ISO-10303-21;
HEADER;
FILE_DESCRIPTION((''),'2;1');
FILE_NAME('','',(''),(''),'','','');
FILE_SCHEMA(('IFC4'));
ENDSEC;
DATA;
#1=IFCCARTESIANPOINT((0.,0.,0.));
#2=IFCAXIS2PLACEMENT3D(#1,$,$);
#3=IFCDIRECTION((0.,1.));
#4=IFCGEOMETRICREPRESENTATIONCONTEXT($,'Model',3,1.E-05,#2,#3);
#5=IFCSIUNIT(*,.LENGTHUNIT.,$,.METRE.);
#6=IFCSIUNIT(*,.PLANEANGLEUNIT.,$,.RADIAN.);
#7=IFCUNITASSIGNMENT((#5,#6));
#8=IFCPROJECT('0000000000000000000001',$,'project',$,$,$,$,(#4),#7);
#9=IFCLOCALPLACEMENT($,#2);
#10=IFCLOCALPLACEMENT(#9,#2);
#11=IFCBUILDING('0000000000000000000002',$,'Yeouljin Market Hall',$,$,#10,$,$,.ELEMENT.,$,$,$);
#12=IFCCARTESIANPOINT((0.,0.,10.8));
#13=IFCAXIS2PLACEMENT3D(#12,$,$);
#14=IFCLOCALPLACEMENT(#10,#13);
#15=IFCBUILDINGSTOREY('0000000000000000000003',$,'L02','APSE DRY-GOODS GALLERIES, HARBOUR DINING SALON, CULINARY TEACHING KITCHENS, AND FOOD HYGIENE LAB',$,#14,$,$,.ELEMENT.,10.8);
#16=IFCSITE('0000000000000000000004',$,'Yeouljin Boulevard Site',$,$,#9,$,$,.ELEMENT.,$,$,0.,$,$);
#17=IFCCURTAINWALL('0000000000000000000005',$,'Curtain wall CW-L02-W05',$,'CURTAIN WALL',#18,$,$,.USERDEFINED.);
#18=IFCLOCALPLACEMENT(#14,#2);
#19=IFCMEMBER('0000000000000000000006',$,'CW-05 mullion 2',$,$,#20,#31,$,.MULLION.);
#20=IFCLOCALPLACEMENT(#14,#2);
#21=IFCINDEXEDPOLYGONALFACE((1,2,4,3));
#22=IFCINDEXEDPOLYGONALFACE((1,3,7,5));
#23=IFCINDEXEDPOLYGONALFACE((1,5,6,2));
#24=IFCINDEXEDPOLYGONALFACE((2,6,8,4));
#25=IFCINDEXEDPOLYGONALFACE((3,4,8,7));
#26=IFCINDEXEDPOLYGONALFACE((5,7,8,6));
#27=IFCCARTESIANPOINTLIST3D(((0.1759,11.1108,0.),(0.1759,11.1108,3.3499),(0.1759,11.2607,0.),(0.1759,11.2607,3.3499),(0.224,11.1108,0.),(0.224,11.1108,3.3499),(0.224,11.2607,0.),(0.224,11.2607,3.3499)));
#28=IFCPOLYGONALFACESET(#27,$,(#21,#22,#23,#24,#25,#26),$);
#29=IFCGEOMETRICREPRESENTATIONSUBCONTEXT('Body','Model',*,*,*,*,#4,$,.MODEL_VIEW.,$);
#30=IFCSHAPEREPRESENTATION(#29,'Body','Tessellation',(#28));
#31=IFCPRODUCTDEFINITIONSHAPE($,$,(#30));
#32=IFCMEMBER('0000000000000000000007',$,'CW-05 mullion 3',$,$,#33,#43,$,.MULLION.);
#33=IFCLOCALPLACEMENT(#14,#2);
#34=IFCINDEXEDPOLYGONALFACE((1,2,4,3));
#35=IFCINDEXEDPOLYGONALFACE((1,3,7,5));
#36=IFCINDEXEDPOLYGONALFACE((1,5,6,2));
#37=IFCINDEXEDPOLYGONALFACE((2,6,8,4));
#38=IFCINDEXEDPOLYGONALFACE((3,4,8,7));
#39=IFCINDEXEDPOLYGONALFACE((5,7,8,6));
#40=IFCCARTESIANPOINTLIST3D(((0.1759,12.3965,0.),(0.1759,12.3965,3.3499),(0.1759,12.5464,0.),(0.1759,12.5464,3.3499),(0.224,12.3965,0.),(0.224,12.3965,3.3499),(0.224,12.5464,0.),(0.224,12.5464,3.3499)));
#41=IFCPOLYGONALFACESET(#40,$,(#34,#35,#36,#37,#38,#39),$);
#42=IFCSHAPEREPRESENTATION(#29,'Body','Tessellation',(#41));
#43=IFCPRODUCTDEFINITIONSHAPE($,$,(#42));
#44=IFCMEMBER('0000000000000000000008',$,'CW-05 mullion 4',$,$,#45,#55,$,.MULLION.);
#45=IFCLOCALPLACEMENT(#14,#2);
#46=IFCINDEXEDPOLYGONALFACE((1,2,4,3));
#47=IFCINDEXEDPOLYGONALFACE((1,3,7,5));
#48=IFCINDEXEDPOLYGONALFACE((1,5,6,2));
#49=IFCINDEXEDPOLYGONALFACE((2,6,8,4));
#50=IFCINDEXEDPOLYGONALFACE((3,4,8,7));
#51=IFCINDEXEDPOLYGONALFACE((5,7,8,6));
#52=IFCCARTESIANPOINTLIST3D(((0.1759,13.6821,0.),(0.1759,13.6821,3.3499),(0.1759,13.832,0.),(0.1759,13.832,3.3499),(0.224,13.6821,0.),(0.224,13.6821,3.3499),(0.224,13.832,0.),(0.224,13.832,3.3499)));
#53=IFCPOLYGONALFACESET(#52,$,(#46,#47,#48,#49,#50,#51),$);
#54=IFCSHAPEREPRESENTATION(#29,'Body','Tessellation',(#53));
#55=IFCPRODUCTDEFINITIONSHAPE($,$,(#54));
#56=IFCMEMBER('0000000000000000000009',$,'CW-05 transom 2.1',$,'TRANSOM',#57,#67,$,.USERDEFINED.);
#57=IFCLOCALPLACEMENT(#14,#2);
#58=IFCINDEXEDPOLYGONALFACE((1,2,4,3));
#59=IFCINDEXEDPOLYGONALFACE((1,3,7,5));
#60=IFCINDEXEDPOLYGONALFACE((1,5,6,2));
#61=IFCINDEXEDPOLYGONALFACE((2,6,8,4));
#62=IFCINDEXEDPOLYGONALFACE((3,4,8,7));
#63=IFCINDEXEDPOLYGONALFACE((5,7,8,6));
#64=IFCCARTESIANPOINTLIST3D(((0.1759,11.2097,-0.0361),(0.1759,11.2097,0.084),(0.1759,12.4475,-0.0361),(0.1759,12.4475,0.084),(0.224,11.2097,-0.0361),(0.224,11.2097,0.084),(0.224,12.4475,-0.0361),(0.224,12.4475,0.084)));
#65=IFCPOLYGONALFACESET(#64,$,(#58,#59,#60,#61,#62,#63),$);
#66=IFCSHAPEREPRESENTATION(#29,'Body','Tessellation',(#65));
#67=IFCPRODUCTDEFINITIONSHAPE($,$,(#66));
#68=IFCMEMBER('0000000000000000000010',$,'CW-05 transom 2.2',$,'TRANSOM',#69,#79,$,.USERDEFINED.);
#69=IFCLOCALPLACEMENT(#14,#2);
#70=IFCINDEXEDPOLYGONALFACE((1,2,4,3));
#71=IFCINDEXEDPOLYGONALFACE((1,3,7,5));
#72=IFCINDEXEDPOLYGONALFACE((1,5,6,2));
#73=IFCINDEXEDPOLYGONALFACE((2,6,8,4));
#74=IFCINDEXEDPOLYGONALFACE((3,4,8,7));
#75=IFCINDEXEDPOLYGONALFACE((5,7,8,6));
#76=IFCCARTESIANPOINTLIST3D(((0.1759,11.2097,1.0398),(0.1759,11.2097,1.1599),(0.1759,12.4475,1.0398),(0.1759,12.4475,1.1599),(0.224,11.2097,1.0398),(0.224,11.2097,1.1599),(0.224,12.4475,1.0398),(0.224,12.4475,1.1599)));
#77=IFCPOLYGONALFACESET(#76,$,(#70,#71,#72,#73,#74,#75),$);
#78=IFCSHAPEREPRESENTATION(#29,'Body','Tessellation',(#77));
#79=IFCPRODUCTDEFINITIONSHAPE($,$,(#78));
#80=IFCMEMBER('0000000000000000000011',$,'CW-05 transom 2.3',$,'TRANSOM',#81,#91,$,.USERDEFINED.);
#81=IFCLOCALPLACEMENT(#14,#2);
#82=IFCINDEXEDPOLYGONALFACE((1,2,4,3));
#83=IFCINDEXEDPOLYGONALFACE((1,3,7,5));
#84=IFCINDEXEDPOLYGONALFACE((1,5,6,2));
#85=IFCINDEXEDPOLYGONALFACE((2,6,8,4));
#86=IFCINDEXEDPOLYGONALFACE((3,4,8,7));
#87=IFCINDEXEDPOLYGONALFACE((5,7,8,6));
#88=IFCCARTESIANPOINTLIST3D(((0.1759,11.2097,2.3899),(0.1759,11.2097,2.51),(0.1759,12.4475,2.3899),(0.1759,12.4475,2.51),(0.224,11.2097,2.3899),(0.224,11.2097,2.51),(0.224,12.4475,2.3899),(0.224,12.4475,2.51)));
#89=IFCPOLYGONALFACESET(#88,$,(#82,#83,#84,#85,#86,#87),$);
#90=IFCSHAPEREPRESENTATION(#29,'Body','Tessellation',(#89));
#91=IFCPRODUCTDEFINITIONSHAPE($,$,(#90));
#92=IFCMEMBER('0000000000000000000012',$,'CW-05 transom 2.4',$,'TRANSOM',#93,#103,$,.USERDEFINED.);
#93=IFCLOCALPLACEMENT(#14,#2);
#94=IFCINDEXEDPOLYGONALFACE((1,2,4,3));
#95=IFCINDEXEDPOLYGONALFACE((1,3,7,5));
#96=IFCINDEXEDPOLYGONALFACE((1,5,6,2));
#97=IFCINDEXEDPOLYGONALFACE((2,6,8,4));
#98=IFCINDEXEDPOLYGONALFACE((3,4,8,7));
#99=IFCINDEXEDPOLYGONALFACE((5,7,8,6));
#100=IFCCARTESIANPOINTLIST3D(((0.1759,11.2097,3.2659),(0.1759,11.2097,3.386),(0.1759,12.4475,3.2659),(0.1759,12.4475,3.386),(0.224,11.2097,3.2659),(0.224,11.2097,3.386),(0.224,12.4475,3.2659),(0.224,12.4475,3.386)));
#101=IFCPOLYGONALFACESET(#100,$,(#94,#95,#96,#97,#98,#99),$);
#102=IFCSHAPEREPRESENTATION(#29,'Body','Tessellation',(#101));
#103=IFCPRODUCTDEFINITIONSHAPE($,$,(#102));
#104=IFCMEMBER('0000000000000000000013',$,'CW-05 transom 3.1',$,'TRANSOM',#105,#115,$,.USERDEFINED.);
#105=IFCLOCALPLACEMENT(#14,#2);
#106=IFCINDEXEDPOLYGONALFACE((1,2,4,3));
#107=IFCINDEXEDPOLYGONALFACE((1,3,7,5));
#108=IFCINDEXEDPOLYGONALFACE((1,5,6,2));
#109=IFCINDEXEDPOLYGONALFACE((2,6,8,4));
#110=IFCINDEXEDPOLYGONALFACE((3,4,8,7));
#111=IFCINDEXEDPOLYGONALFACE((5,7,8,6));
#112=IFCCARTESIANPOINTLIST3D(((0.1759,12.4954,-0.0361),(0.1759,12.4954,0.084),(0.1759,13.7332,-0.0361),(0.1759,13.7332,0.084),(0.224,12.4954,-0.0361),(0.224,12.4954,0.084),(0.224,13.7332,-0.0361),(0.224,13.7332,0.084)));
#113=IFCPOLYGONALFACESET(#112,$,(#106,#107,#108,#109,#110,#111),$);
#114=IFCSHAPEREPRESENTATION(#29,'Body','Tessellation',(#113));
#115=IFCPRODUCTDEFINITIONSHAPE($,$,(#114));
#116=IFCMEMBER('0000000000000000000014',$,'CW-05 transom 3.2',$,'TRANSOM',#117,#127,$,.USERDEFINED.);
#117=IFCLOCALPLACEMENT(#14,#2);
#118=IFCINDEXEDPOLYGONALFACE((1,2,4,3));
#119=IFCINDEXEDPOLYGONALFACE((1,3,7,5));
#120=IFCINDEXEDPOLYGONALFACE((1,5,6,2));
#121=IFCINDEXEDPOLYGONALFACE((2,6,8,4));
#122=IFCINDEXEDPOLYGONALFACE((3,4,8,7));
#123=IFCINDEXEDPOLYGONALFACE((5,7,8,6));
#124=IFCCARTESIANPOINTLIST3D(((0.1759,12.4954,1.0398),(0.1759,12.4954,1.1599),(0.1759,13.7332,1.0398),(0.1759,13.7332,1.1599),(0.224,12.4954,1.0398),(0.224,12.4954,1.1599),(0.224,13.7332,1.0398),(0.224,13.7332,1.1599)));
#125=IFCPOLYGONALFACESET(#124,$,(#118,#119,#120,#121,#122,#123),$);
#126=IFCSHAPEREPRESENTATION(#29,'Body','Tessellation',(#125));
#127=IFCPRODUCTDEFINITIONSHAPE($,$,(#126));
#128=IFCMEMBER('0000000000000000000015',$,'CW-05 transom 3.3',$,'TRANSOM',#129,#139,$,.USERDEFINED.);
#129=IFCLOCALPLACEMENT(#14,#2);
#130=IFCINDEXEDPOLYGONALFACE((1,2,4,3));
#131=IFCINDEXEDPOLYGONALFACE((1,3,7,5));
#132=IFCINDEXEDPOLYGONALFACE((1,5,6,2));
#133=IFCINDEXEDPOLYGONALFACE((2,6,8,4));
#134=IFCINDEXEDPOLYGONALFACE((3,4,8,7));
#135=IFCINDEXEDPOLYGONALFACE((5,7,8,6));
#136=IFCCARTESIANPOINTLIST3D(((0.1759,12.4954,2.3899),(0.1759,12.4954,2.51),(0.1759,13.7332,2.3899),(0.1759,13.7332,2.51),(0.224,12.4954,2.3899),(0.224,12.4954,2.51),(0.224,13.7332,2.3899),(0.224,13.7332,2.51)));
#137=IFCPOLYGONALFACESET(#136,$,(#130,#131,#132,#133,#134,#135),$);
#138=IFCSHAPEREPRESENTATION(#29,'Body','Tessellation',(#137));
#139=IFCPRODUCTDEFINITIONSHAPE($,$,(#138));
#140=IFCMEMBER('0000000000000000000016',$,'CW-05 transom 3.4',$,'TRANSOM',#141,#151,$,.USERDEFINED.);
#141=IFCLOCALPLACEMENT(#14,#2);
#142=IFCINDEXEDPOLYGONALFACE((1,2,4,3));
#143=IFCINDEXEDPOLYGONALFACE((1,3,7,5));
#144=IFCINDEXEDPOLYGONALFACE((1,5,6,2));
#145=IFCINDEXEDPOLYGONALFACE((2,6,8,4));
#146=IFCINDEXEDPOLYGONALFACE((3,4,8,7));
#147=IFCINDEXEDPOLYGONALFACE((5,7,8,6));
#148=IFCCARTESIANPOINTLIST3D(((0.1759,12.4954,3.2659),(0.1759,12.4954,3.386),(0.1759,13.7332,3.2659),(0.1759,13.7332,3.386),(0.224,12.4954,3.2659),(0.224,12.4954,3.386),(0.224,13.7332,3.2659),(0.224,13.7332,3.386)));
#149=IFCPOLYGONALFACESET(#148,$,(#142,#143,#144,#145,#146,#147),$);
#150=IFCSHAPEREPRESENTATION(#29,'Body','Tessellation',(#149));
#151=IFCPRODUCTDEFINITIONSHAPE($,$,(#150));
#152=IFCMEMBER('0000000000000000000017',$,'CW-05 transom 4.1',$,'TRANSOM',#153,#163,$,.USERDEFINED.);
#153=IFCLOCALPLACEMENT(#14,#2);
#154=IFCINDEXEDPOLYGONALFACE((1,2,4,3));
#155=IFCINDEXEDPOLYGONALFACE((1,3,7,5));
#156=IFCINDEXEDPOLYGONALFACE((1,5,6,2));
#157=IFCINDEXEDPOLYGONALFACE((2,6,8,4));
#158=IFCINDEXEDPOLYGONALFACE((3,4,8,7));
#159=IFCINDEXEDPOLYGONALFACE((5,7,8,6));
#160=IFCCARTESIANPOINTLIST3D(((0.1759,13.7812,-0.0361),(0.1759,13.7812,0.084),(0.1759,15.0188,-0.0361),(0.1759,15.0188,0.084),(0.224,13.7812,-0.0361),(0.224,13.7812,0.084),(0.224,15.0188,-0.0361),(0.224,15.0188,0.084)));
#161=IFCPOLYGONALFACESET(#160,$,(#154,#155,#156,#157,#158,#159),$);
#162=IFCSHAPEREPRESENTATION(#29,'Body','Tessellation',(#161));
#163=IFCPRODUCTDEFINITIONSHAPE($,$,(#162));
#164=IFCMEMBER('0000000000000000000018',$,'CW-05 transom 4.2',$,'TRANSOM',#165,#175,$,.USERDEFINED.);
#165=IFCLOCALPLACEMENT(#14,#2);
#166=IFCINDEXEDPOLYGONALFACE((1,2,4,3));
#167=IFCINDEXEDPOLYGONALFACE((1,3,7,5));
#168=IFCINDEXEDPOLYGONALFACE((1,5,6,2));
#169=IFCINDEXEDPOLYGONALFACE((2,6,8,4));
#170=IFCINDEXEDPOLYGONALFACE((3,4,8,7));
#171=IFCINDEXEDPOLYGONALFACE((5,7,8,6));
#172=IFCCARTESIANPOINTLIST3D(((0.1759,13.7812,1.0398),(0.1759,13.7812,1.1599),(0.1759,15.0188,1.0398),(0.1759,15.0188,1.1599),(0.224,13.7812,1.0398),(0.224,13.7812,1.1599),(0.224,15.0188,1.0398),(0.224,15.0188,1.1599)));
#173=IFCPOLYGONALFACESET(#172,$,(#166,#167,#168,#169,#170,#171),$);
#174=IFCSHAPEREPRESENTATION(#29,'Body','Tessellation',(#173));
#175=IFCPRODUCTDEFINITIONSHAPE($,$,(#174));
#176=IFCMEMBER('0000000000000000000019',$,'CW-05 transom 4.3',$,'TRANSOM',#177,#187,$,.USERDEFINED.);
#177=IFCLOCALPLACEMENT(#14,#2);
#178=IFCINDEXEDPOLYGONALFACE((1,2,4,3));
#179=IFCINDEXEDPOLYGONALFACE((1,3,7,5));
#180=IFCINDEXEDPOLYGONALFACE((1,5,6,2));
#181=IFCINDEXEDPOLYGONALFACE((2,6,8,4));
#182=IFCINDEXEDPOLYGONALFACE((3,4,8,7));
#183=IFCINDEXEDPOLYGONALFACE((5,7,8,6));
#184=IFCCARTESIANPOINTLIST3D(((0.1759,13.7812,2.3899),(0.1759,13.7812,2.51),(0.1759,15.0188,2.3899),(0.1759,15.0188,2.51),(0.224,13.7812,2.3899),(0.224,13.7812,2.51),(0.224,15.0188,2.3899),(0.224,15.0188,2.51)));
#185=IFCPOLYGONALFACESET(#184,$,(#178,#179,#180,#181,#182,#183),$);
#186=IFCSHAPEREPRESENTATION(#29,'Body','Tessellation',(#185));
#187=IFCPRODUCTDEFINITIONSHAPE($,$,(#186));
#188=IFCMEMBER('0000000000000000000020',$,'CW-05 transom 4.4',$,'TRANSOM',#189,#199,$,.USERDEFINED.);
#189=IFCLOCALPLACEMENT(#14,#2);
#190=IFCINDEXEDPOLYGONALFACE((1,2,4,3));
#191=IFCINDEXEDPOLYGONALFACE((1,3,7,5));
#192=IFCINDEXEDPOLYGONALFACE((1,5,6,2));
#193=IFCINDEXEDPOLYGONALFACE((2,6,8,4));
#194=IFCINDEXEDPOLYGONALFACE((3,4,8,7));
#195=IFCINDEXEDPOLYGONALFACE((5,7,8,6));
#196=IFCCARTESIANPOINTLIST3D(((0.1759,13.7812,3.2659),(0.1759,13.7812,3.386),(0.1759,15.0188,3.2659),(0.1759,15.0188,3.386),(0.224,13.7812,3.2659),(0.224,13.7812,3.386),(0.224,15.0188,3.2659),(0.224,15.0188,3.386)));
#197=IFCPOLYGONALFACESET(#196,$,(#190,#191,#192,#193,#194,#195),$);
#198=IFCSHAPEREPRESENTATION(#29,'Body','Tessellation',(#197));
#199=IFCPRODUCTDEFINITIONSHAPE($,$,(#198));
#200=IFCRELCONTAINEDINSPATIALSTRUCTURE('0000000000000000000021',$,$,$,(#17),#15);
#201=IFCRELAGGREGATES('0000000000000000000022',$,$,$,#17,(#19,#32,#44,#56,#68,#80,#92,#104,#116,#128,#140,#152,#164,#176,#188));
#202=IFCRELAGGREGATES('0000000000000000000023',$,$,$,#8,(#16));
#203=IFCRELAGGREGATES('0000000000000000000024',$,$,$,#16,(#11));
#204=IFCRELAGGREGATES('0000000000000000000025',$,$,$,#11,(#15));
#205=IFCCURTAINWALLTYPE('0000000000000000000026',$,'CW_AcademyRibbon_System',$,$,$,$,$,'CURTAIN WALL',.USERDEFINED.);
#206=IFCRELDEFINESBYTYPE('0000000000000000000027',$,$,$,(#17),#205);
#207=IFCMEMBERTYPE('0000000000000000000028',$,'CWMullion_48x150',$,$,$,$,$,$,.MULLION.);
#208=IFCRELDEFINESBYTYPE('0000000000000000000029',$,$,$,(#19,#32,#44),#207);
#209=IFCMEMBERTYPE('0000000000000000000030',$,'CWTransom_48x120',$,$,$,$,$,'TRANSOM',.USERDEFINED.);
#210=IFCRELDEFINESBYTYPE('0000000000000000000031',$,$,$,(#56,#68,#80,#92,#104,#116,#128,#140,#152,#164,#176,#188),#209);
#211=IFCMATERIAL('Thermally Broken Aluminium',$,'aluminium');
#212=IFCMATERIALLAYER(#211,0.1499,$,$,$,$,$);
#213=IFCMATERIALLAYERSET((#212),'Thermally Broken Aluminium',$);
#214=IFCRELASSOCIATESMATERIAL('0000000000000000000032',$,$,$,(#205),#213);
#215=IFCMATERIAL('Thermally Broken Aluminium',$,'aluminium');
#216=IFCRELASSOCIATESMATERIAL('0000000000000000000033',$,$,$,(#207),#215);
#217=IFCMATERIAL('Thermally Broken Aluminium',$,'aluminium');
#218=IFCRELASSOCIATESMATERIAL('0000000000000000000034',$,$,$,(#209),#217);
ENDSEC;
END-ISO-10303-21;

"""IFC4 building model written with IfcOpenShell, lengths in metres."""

from ifc_helpers import new_model, si_unit, direction, frame, origin, origin_2d, place, context, subcontext, project, spatial, rectangle, extrude, material, layer, layer_set, material_profile, profile_set, type_object, element, aggregate, save


model = new_model("IFC4")

# Units and contexts
model_context = context("Model", 3, precision=1e-05, world=origin(), true_north=direction((0.0, 1.0)))
body_context = subcontext(model_context, "Body", "Model", "MODEL_VIEW")
ifc_project = project(units=[si_unit("LENGTHUNIT", "METRE"), si_unit("PLANEANGLEUNIT", "RADIAN")], contexts=[model_context])

# Site, building, storey
site_placement = place(None, origin())
site = spatial("IfcSite", under=ifc_project, at=site_placement, Name="Yeouljin Boulevard Site", CompositionType="ELEMENT", RefElevation=0.0)
building_placement = place(site_placement, origin())
building = spatial("IfcBuilding", under=site, at=building_placement, Name="Yeouljin Market Hall", CompositionType="ELEMENT")
storey_placement = place(building_placement, frame((0.0, 0.0, 10.8)))
storey = spatial("IfcBuildingStorey", under=building, at=storey_placement, Name="L02", Description="APSE DRY-GOODS GALLERIES, HARBOUR DINING SALON, CULINARY TEACHING KITCHENS, AND FOOD HYGIENE LAB", CompositionType="ELEMENT", Elevation=10.8)

# Curtain wall, members
ifc_material_1 = material(Name="Thermally Broken Aluminium", Category="aluminium")
ifc_layer_1 = layer(ifc_material_1, 0.1499)
ifc_layer_set_1 = layer_set([ifc_layer_1], Name="Thermally Broken Aluminium")
curtain_wall_type = type_object("IfcCurtainWallType", Name="CW_AcademyRibbon_System", ElementType="CURTAIN WALL", PredefinedType="USERDEFINED", material=ifc_layer_set_1)
curtain_wall_placement = place(storey_placement, origin())
curtain_wall = element("IfcCurtainWall", 1, at=curtain_wall_placement, inside=storey, type_object=curtain_wall_type, Name="Curtain wall CW-L02-W05", ObjectType="CURTAIN WALL", PredefinedType="USERDEFINED")
ifc_material_2 = material(Name="Thermally Broken Aluminium", Category="aluminium")
ifc_material_profile_1 = material_profile(ifc_material_2, rectangle(XDim=0.0481, YDim=0.1499, at=origin_2d()), Name="CW-MULL-48x150")
ifc_profile_set_1 = profile_set([ifc_material_profile_1], Name="Thermally Broken Aluminium")
member_type_1 = type_object("IfcMemberType", Name="CWMullion_48x150", PredefinedType="MULLION", material=ifc_profile_set_1)
member_1_placement = place(storey_placement, frame((0.2, 11.1858, 0.0), z_axis=(0.0, 0.0, 1.0), x_axis=(-1.0, 0.0, 0.0)))
member_1 = element("IfcMember", 2, at=member_1_placement, type_object=member_type_1, Name="CW-05 mullion 2", PredefinedType="MULLION", context=body_context, shape_type="SweptSolid", body=[
    extrude(rectangle(XDim=0.0481, YDim=0.1499, at=origin_2d()), origin(), (0.0, 0.0, 1.0), 3.3499),
])
member_2_placement = place(storey_placement, frame((0.2, 12.4714, 0.0), z_axis=(0.0, 0.0, 1.0), x_axis=(-1.0, 0.0, 0.0)))
member_2 = element("IfcMember", 3, at=member_2_placement, type_object=member_type_1, Name="CW-05 mullion 3", PredefinedType="MULLION", context=body_context, shape_type="SweptSolid", body=[
    extrude(rectangle(XDim=0.0481, YDim=0.1499, at=origin_2d()), origin(), (0.0, 0.0, 1.0), 3.3499),
])
member_3_placement = place(storey_placement, frame((0.2, 13.7571, 0.0), z_axis=(0.0, 0.0, 1.0), x_axis=(-1.0, 0.0, 0.0)))
member_3 = element("IfcMember", 4, at=member_3_placement, type_object=member_type_1, Name="CW-05 mullion 4", PredefinedType="MULLION", context=body_context, shape_type="SweptSolid", body=[
    extrude(rectangle(XDim=0.0481, YDim=0.1499, at=origin_2d()), origin(), (0.0, 0.0, 1.0), 3.3499),
])
ifc_material_3 = material(Name="Thermally Broken Aluminium", Category="aluminium")
ifc_material_profile_2 = material_profile(ifc_material_3, rectangle(XDim=0.0481, YDim=0.1201, at=origin_2d()), Name="CW-TRAN-48x120")
ifc_profile_set_2 = profile_set([ifc_material_profile_2], Name="Thermally Broken Aluminium")
member_type_2 = type_object("IfcMemberType", Name="CWTransom_48x120", ElementType="TRANSOM", PredefinedType="USERDEFINED", material=ifc_profile_set_2)
member_4_placement = place(storey_placement, frame((0.2, 11.2097, 0.0239), z_axis=(0.0, 1.0, 0.0), x_axis=(-1.0, 0.0, 0.0)))
member_4 = element("IfcMember", 5, at=member_4_placement, type_object=member_type_2, Name="CW-05 transom 2.1", ObjectType="TRANSOM", PredefinedType="USERDEFINED", context=body_context, shape_type="SweptSolid", body=[
    extrude(rectangle(XDim=0.0481, YDim=0.1201, at=origin_2d()), origin(), (0.0, 0.0, 1.0), 1.2378),
])
member_5_placement = place(storey_placement, frame((0.2, 11.2097, 1.0999), z_axis=(0.0, 1.0, 0.0), x_axis=(-1.0, 0.0, 0.0)))
member_5 = element("IfcMember", 6, at=member_5_placement, type_object=member_type_2, Name="CW-05 transom 2.2", ObjectType="TRANSOM", PredefinedType="USERDEFINED", context=body_context, shape_type="SweptSolid", body=[
    extrude(rectangle(XDim=0.0481, YDim=0.1201, at=origin_2d()), origin(), (0.0, 0.0, 1.0), 1.2378),
])
member_6_placement = place(storey_placement, frame((0.2, 11.2097, 2.45), z_axis=(0.0, 1.0, 0.0), x_axis=(-1.0, 0.0, 0.0)))
member_6 = element("IfcMember", 7, at=member_6_placement, type_object=member_type_2, Name="CW-05 transom 2.3", ObjectType="TRANSOM", PredefinedType="USERDEFINED", context=body_context, shape_type="SweptSolid", body=[
    extrude(rectangle(XDim=0.0481, YDim=0.1201, at=origin_2d()), origin(), (0.0, 0.0, 1.0), 1.2378),
])
member_7_placement = place(storey_placement, frame((0.2, 11.2097, 3.3259), z_axis=(0.0, 1.0, 0.0), x_axis=(-1.0, 0.0, 0.0)))
member_7 = element("IfcMember", 8, at=member_7_placement, type_object=member_type_2, Name="CW-05 transom 2.4", ObjectType="TRANSOM", PredefinedType="USERDEFINED", context=body_context, shape_type="SweptSolid", body=[
    extrude(rectangle(XDim=0.0481, YDim=0.1201, at=origin_2d()), origin(), (0.0, 0.0, 1.0), 1.2378),
])
member_8_placement = place(storey_placement, frame((0.2, 12.4954, 0.0239), z_axis=(0.0, 1.0, 0.0), x_axis=(-1.0, 0.0, 0.0)))
member_8 = element("IfcMember", 9, at=member_8_placement, type_object=member_type_2, Name="CW-05 transom 3.1", ObjectType="TRANSOM", PredefinedType="USERDEFINED", context=body_context, shape_type="SweptSolid", body=[
    extrude(rectangle(XDim=0.0481, YDim=0.1201, at=origin_2d()), origin(), (0.0, 0.0, 1.0), 1.2378),
])
member_9_placement = place(storey_placement, frame((0.2, 12.4954, 1.0999), z_axis=(0.0, 1.0, 0.0), x_axis=(-1.0, 0.0, 0.0)))
member_9 = element("IfcMember", 10, at=member_9_placement, type_object=member_type_2, Name="CW-05 transom 3.2", ObjectType="TRANSOM", PredefinedType="USERDEFINED", context=body_context, shape_type="SweptSolid", body=[
    extrude(rectangle(XDim=0.0481, YDim=0.1201, at=origin_2d()), origin(), (0.0, 0.0, 1.0), 1.2378),
])
member_10_placement = place(storey_placement, frame((0.2, 12.4954, 2.45), z_axis=(0.0, 1.0, 0.0), x_axis=(-1.0, 0.0, 0.0)))
member_10 = element("IfcMember", 11, at=member_10_placement, type_object=member_type_2, Name="CW-05 transom 3.3", ObjectType="TRANSOM", PredefinedType="USERDEFINED", context=body_context, shape_type="SweptSolid", body=[
    extrude(rectangle(XDim=0.0481, YDim=0.1201, at=origin_2d()), origin(), (0.0, 0.0, 1.0), 1.2378),
])
member_11_placement = place(storey_placement, frame((0.2, 12.4954, 3.3259), z_axis=(0.0, 1.0, 0.0), x_axis=(-1.0, 0.0, 0.0)))
member_11 = element("IfcMember", 12, at=member_11_placement, type_object=member_type_2, Name="CW-05 transom 3.4", ObjectType="TRANSOM", PredefinedType="USERDEFINED", context=body_context, shape_type="SweptSolid", body=[
    extrude(rectangle(XDim=0.0481, YDim=0.1201, at=origin_2d()), origin(), (0.0, 0.0, 1.0), 1.2378),
])
member_12_placement = place(storey_placement, frame((0.2, 13.7812, 0.0239), z_axis=(0.0, 1.0, 0.0), x_axis=(-1.0, 0.0, 0.0)))
member_12 = element("IfcMember", 13, at=member_12_placement, type_object=member_type_2, Name="CW-05 transom 4.1", ObjectType="TRANSOM", PredefinedType="USERDEFINED", context=body_context, shape_type="SweptSolid", body=[
    extrude(rectangle(XDim=0.0481, YDim=0.1201, at=origin_2d()), origin(), (0.0, 0.0, 1.0), 1.2375),
])
member_13_placement = place(storey_placement, frame((0.2, 13.7812, 1.0999), z_axis=(0.0, 1.0, 0.0), x_axis=(-1.0, 0.0, 0.0)))
member_13 = element("IfcMember", 14, at=member_13_placement, type_object=member_type_2, Name="CW-05 transom 4.2", ObjectType="TRANSOM", PredefinedType="USERDEFINED", context=body_context, shape_type="SweptSolid", body=[
    extrude(rectangle(XDim=0.0481, YDim=0.1201, at=origin_2d()), origin(), (0.0, 0.0, 1.0), 1.2375),
])
member_14_placement = place(storey_placement, frame((0.2, 13.7812, 2.45), z_axis=(0.0, 1.0, 0.0), x_axis=(-1.0, 0.0, 0.0)))
member_14 = element("IfcMember", 15, at=member_14_placement, type_object=member_type_2, Name="CW-05 transom 4.3", ObjectType="TRANSOM", PredefinedType="USERDEFINED", context=body_context, shape_type="SweptSolid", body=[
    extrude(rectangle(XDim=0.0481, YDim=0.1201, at=origin_2d()), origin(), (0.0, 0.0, 1.0), 1.2375),
])
member_15_placement = place(storey_placement, frame((0.2, 13.7812, 3.3259), z_axis=(0.0, 1.0, 0.0), x_axis=(-1.0, 0.0, 0.0)))
member_15 = element("IfcMember", 16, at=member_15_placement, type_object=member_type_2, Name="CW-05 transom 4.4", ObjectType="TRANSOM", PredefinedType="USERDEFINED", context=body_context, shape_type="SweptSolid", body=[
    extrude(rectangle(XDim=0.0481, YDim=0.1201, at=origin_2d()), origin(), (0.0, 0.0, 1.0), 1.2375),
])
aggregate(curtain_wall, [member_1, member_2, member_3, member_4, member_5, member_6, member_7, member_8, member_9, member_10, member_11, member_12, member_13, member_14, member_15])

save(model, "model.ifc")
